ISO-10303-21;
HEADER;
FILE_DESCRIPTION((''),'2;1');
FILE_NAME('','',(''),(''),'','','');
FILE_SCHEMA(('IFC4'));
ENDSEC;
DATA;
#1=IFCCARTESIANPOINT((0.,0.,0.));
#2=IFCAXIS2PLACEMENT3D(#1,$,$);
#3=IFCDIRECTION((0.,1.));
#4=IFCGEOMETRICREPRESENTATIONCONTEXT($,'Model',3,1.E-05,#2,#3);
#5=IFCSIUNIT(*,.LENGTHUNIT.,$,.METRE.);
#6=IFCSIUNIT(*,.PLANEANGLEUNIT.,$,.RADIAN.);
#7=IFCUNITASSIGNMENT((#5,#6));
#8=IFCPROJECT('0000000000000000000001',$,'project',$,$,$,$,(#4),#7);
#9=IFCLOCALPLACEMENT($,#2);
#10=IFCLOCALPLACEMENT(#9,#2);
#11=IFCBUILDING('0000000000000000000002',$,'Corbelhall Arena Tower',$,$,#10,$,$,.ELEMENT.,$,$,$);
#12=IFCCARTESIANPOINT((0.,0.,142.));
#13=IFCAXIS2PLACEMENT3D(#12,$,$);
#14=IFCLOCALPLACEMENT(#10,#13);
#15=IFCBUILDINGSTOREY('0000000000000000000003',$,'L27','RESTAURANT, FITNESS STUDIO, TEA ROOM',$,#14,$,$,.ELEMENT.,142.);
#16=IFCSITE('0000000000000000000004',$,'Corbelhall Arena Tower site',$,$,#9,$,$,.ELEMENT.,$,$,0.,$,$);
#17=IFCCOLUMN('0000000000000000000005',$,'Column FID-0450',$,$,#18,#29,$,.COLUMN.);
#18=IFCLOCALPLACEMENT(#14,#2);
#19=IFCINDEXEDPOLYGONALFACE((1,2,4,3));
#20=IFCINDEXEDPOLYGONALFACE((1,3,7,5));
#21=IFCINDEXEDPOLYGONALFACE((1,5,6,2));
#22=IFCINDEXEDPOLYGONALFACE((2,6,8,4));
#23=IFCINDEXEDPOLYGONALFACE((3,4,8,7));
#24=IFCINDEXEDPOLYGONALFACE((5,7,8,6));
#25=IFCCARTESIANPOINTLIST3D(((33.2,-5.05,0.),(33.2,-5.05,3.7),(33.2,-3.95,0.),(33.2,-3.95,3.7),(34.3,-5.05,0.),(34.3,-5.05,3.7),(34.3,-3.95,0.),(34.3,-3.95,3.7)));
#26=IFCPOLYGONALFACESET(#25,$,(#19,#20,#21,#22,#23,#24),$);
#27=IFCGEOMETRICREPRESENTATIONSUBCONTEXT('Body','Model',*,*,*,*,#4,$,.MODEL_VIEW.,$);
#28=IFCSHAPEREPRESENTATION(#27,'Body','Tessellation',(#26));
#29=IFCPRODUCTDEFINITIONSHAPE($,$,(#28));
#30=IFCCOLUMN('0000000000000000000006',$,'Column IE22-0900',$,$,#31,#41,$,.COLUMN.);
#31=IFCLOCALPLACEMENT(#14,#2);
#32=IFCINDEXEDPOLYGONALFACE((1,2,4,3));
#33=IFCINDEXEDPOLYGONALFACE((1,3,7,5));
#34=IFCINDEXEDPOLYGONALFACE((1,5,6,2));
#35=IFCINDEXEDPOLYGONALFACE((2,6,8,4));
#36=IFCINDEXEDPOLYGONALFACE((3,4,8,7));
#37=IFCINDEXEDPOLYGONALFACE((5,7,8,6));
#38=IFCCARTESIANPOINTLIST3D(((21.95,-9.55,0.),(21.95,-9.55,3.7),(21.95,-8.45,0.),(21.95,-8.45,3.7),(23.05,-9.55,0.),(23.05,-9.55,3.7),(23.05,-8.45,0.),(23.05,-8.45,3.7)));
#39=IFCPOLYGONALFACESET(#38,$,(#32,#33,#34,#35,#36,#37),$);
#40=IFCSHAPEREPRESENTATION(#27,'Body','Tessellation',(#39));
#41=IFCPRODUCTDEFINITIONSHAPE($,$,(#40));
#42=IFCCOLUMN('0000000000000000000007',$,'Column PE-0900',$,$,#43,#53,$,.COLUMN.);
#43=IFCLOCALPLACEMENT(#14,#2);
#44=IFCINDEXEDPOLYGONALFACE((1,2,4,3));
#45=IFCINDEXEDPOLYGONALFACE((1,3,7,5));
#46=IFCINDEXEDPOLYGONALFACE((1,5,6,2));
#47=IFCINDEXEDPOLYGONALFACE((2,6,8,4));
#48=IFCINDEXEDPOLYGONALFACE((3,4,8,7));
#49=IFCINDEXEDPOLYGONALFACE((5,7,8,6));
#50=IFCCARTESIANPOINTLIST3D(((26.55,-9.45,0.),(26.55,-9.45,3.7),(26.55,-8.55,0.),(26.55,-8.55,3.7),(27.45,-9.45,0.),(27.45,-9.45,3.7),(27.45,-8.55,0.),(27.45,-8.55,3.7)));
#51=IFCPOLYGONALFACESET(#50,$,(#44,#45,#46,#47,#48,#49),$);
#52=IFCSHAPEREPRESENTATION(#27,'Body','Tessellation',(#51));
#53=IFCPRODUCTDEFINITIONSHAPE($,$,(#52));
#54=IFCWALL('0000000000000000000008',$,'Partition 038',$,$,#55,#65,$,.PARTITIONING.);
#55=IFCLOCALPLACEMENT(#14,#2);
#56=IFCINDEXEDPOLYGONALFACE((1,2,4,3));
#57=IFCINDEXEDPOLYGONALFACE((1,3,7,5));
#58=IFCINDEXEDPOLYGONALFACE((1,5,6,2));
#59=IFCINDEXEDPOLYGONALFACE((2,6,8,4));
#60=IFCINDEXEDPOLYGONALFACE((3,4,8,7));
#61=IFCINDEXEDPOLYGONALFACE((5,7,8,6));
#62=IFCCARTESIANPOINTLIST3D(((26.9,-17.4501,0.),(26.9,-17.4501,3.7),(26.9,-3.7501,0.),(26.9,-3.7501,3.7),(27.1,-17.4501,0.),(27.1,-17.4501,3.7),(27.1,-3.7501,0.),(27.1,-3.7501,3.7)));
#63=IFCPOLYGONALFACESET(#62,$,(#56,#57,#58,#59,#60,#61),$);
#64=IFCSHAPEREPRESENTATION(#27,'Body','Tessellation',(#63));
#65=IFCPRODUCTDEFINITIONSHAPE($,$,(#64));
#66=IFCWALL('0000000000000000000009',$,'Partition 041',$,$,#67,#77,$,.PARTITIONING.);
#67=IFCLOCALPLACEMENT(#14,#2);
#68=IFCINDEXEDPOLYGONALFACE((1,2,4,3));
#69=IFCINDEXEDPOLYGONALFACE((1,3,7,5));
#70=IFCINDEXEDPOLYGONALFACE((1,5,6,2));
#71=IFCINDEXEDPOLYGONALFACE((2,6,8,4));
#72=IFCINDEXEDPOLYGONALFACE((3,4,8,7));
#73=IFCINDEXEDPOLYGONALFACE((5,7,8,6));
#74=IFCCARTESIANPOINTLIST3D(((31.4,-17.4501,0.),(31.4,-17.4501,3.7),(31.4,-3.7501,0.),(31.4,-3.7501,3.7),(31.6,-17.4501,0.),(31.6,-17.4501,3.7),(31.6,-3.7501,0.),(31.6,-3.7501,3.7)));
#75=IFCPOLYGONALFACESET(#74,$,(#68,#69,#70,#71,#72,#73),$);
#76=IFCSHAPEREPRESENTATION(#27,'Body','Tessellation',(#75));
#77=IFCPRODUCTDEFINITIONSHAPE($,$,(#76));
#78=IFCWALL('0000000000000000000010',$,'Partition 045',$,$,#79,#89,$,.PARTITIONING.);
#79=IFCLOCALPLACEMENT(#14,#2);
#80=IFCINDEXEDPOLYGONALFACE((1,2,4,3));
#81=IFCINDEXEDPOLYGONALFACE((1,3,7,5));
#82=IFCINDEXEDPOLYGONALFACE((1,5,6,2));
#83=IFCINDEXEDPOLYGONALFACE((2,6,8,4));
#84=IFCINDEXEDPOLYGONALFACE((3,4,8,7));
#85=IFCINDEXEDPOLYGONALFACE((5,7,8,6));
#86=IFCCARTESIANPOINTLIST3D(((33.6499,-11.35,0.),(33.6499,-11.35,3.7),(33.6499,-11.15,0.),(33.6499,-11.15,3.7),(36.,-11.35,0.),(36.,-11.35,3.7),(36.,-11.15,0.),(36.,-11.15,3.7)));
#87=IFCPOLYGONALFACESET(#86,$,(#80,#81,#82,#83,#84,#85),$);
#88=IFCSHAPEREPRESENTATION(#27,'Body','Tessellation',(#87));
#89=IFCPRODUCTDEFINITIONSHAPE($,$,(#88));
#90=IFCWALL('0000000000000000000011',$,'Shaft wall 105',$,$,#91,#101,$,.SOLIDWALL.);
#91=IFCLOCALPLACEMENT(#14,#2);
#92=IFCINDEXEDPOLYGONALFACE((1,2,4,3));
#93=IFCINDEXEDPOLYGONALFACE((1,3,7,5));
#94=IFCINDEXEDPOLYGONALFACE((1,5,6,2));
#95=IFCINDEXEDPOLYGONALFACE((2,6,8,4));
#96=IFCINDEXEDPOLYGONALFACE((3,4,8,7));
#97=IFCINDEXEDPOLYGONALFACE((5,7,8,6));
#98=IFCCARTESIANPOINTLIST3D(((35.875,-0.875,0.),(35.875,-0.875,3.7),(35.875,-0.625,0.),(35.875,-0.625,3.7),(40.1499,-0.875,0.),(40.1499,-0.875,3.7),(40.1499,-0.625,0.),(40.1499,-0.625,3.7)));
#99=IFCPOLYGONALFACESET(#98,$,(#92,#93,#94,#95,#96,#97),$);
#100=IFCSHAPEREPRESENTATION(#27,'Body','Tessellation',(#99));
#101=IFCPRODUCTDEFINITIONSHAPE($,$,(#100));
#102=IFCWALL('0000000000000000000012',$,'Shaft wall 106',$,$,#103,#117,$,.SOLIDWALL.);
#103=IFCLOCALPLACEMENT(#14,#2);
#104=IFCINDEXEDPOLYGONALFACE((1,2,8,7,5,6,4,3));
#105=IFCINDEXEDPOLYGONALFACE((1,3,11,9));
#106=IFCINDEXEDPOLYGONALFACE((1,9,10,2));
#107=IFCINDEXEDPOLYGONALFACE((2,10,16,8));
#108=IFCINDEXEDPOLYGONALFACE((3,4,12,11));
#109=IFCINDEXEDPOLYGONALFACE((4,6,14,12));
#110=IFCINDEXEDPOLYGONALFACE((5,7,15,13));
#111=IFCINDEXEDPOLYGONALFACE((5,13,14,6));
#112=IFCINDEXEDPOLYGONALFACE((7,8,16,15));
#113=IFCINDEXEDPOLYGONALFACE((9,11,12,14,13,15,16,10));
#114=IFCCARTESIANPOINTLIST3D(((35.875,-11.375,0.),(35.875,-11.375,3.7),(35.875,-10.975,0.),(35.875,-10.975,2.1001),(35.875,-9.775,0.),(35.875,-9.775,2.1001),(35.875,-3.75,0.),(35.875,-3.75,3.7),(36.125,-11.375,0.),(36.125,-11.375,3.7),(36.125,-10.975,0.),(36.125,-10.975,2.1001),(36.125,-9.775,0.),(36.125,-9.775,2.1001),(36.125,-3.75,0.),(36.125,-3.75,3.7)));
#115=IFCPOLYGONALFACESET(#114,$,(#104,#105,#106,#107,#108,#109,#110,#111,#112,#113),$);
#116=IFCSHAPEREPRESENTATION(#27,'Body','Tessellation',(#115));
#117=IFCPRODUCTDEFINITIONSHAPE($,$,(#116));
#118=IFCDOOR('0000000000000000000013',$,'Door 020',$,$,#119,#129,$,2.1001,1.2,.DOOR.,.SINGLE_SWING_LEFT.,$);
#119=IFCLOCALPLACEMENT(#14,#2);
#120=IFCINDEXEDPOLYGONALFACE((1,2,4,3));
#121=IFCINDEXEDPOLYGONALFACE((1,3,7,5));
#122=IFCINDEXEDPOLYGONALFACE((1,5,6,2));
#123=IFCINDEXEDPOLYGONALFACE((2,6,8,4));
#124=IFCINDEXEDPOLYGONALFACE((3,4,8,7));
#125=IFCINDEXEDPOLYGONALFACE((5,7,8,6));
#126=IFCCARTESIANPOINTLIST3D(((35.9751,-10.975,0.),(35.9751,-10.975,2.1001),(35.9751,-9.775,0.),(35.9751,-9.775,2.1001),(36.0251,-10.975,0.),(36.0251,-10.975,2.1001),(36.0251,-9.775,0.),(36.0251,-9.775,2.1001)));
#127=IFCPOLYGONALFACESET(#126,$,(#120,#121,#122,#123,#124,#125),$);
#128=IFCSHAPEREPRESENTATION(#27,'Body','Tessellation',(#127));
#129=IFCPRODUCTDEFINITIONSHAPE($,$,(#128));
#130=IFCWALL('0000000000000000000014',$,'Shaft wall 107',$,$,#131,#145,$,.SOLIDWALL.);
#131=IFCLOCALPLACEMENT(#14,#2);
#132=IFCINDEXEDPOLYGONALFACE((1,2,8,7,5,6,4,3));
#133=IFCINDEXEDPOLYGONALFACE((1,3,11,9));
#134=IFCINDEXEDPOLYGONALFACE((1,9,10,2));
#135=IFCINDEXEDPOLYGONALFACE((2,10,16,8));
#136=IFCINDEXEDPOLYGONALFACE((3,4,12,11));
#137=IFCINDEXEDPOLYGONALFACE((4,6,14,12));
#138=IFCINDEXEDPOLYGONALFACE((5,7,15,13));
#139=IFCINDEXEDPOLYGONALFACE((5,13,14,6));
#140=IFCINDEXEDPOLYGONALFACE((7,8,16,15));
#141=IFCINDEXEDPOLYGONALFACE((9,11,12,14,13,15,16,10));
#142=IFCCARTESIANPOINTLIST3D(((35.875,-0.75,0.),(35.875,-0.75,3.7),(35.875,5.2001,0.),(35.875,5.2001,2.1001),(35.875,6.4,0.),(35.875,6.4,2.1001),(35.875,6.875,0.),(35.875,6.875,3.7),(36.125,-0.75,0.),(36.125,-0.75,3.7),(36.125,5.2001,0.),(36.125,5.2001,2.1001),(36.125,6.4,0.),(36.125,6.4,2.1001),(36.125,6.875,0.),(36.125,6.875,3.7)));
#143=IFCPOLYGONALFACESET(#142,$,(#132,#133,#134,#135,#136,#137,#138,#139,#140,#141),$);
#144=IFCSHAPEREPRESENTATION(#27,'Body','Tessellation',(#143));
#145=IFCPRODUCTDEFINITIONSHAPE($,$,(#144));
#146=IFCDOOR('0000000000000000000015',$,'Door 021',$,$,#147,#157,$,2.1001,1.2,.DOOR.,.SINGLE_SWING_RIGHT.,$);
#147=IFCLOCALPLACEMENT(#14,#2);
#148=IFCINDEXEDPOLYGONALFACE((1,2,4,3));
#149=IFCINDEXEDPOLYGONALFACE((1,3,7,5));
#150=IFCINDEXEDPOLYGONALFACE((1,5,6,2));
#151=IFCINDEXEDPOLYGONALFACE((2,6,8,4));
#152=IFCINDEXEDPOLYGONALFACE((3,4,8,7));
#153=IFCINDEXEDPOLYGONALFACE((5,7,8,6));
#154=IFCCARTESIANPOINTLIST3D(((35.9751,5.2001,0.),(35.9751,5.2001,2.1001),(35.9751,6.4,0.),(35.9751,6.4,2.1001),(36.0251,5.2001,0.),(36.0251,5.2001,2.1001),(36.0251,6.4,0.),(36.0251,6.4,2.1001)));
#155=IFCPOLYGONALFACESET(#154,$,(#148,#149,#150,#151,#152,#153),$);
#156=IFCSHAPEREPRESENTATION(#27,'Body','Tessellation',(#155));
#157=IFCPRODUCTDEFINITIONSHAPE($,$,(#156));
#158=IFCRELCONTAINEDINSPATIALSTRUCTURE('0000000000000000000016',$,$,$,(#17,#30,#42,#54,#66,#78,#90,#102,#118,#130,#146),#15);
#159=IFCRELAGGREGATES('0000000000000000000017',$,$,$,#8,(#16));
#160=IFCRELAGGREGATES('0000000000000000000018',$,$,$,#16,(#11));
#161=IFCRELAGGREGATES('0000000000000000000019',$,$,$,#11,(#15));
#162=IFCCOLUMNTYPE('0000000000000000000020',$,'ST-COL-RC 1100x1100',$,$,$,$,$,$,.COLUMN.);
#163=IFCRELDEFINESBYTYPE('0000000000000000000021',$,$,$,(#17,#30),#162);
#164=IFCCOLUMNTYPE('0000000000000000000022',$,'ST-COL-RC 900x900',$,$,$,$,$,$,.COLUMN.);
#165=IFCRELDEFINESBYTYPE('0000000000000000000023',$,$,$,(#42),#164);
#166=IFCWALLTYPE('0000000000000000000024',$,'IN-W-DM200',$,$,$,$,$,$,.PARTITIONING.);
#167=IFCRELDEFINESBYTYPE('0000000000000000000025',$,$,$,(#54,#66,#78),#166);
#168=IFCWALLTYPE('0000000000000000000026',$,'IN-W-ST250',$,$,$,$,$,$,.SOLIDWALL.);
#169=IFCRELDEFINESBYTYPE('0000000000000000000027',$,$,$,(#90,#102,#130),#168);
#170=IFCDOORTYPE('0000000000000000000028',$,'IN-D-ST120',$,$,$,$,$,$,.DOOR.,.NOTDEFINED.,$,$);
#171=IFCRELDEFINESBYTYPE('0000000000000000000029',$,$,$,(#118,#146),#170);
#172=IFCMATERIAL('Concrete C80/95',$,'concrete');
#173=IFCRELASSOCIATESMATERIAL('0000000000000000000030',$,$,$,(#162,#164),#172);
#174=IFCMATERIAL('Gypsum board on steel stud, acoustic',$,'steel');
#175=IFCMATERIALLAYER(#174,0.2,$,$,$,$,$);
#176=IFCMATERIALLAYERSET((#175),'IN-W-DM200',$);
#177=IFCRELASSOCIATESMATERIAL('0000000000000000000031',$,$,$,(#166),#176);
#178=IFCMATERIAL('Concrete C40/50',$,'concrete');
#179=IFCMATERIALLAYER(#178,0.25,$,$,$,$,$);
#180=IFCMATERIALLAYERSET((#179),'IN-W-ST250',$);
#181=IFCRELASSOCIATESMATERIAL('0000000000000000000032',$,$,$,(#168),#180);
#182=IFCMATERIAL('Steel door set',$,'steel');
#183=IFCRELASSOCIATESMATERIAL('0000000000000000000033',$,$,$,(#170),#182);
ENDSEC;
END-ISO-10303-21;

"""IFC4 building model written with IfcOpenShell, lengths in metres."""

from ifc_helpers import new_model, si_unit, direction, frame, frame_2d, origin, origin_2d, place, context, subcontext, project, spatial, rectangle, extrude, material, layer, layer_set, material_profile, profile_set, type_object, element, fill, save


model = new_model("IFC4")

# Units and contexts
model_context = context("Model", 3, precision=1e-05, world=origin(), true_north=direction((0.0, 1.0)))
body_context = subcontext(model_context, "Body", "Model", "MODEL_VIEW")
ifc_project = project(units=[si_unit("LENGTHUNIT", "METRE"), si_unit("PLANEANGLEUNIT", "RADIAN")], contexts=[model_context])

# Site, building, storey
site_placement = place(None, origin())
site = spatial("IfcSite", under=ifc_project, at=site_placement, Name="Corbelhall Arena Tower site", CompositionType="ELEMENT", RefElevation=0.0)
building_placement = place(site_placement, origin())
building = spatial("IfcBuilding", under=site, at=building_placement, Name="Corbelhall Arena Tower", CompositionType="ELEMENT")
storey_placement = place(building_placement, frame((0.0, 0.0, 142.0)))
storey = spatial("IfcBuildingStorey", under=building, at=storey_placement, Name="L27", Description="RESTAURANT, FITNESS STUDIO, TEA ROOM", CompositionType="ELEMENT", Elevation=142.0)

# Columns
ifc_material_1 = material(Name="Concrete C80/95", Category="concrete")
ifc_material_profile_1 = material_profile(ifc_material_1, rectangle(XDim=1.1001, YDim=1.1001, at=origin_2d()))
ifc_profile_set_1 = profile_set([ifc_material_profile_1], Name="Concrete C80/95")
column_type_1 = type_object("IfcColumnType", Name="ST-COL-RC 1100x1100", PredefinedType="COLUMN", material=ifc_profile_set_1)
for number, where, z_axis, x_axis, name in (
    (1, (33.75, -4.5, 0.0), (0.0, 0.0, 1.0), (1.0, 0.0, 0.0), "Column FID-0450"),
    (2, (22.5, -9.0, 0.0), (0.0, 0.0, 1.0), (1.0, 0.0, 0.0), "Column IE22-0900"),
):
    element("IfcColumn", number, at=place(storey_placement, frame(where, z_axis=z_axis, x_axis=x_axis)), inside=storey, type_object=column_type_1, Name=name, PredefinedType="COLUMN", context=body_context, shape_type="SweptSolid", body=[
        extrude(rectangle(XDim=1.1001, YDim=1.1001, at=origin_2d()), origin(), (0.0, 0.0, 1.0), 3.7),
    ])
ifc_material_profile_2 = material_profile(ifc_material_1, rectangle(XDim=0.8999, YDim=0.8999, at=origin_2d()))
ifc_profile_set_2 = profile_set([ifc_material_profile_2], Name="Concrete C80/95")
column_type_2 = type_object("IfcColumnType", Name="ST-COL-RC 900x900", PredefinedType="COLUMN", material=ifc_profile_set_2)
column_placement = place(storey_placement, frame((27.0, -9.0, 0.0), z_axis=(0.0, 0.0, 1.0), x_axis=(1.0, 0.0, 0.0)))
element("IfcColumn", 3, at=column_placement, inside=storey, type_object=column_type_2, Name="Column PE-0900", PredefinedType="COLUMN", context=body_context, shape_type="SweptSolid", body=[
    extrude(rectangle(XDim=0.8999, YDim=0.8999, at=origin_2d()), origin(), (0.0, 0.0, 1.0), 3.7),
])

# Shared definitions
ifc_material_2 = material(Name="Gypsum board on steel stud, acoustic", Category="steel")
ifc_layer_1 = layer(ifc_material_2, 0.2)
ifc_layer_set_1 = layer_set([ifc_layer_1], Name="IN-W-DM200")
wall_type_1 = type_object("IfcWallType", Name="IN-W-DM200", PredefinedType="PARTITIONING", material=ifc_layer_set_1)
ifc_material_3 = material(Name="Steel door set", Category="steel")

# Walls
for number, where, z_axis, x_axis, name in (
    (4, (27.0, -3.75, 0.0), (0.0, 0.0, 1.0), (0.0, -1.0, 0.0), "Partition 038"),
    (5, (31.5, -3.75, 0.0), (0.0, 0.0, 1.0), (0.0, -1.0, 0.0), "Partition 041"),
):
    element("IfcWall", number, at=place(storey_placement, frame(where, z_axis=z_axis, x_axis=x_axis)), inside=storey, type_object=wall_type_1, Name=name, PredefinedType="PARTITIONING", context=body_context, shape_type="SweptSolid", body=[
        extrude(rectangle(XDim=13.7, YDim=0.2, at=frame_2d((6.8501, 0.0))), origin(), (0.0, 0.0, 1.0), 3.7),
    ])

# Walls
wall_1_placement = place(storey_placement, frame((36.0, -11.25, 0.0), z_axis=(0.0, 0.0, 1.0), x_axis=(-1.0, 0.0, 0.0)))
element("IfcWall", 6, at=wall_1_placement, inside=storey, type_object=wall_type_1, Name="Partition 045", PredefinedType="PARTITIONING", context=body_context, shape_type="SweptSolid", body=[
    extrude(rectangle(XDim=2.3501, YDim=0.2, at=frame_2d((1.175, 0.0))), origin(), (0.0, 0.0, 1.0), 3.7),
])
ifc_material_4 = material(Name="Concrete C40/50", Category="concrete")
ifc_layer_2 = layer(ifc_material_4, 0.25)
ifc_layer_set_2 = layer_set([ifc_layer_2], Name="IN-W-ST250")
wall_type_2 = type_object("IfcWallType", Name="IN-W-ST250", PredefinedType="SOLIDWALL", material=ifc_layer_set_2)
wall_2_placement = place(storey_placement, frame((35.875, -0.75, 0.0), z_axis=(0.0, 0.0, 1.0), x_axis=(1.0, 0.0, 0.0)))
element("IfcWall", 7, at=wall_2_placement, inside=storey, type_object=wall_type_2, Name="Shaft wall 105", PredefinedType="SOLIDWALL", context=body_context, shape_type="SweptSolid", body=[
    extrude(rectangle(XDim=4.2749, YDim=0.25, at=frame_2d((2.1375, 0.0))), origin(), (0.0, 0.0, 1.0), 3.7),
])

# Walls, openings, doors
wall_3_placement = place(storey_placement, frame((36.0, -11.375, 0.0), z_axis=(0.0, 0.0, 1.0), x_axis=(0.0, 1.0, 0.0)))
wall_3 = element("IfcWall", 8, at=wall_3_placement, inside=storey, type_object=wall_type_2, Name="Shaft wall 106", PredefinedType="SOLIDWALL", context=body_context, shape_type="SweptSolid", body=[
    extrude(rectangle(XDim=7.625, YDim=0.25, at=frame_2d((3.8125, 0.0))), origin(), (0.0, 0.0, 1.0), 3.7),
])
opening_1_placement = place(wall_3_placement, frame((0.3999, 0.0, 0.0)))
opening_1 = element("IfcOpeningElement", 9, at=opening_1_placement, cuts=wall_3, PredefinedType="OPENING", context=body_context, shape_type="SweptSolid", body=[
    extrude(rectangle(XDim=1.2, YDim=2.1001, at=frame_2d((0.6001, 1.05))), frame((0.0, 0.125, 0.0), z_axis=(0.0, -1.0, 0.0), x_axis=(1.0, 0.0, 0.0)), (0.0, 0.0, 1.0), 0.25),
])
door_type_1 = type_object("IfcDoorType", Name="IN-D-ST120", OperationType="NOTDEFINED", PredefinedType="DOOR", material=ifc_material_3)
door_1_placement = place(opening_1_placement, origin())
door_1 = element("IfcDoor", 10, at=door_1_placement, inside=storey, type_object=door_type_1, Name="Door 020", OperationType="SINGLE_SWING_LEFT", OverallHeight=2.1001, OverallWidth=1.2, PredefinedType="DOOR", context=body_context, shape_type="SweptSolid", body=[
    extrude(rectangle(XDim=1.2, YDim=2.1001, at=frame_2d((0.6001, 1.05))), frame((0.0, 0.0249, 0.0), z_axis=(0.0, -1.0, 0.0), x_axis=(1.0, 0.0, 0.0)), (0.0, 0.0, 1.0), 0.05),
])
fill(opening_1, door_1)
wall_4_placement = place(storey_placement, frame((36.0, -0.75, 0.0), z_axis=(0.0, 0.0, 1.0), x_axis=(0.0, 1.0, 0.0)))
wall_4 = element("IfcWall", 11, at=wall_4_placement, inside=storey, type_object=wall_type_2, Name="Shaft wall 107", PredefinedType="SOLIDWALL", context=body_context, shape_type="SweptSolid", body=[
    extrude(rectangle(XDim=7.625, YDim=0.25, at=frame_2d((3.8125, 0.0))), origin(), (0.0, 0.0, 1.0), 3.7),
])
opening_2_placement = place(wall_4_placement, frame((5.95, 0.0, 0.0)))
opening_2 = element("IfcOpeningElement", 12, at=opening_2_placement, cuts=wall_4, PredefinedType="OPENING", context=body_context, shape_type="SweptSolid", body=[
    extrude(rectangle(XDim=1.2, YDim=2.1001, at=frame_2d((0.6001, 1.05))), frame((0.0, 0.125, 0.0), z_axis=(0.0, -1.0, 0.0), x_axis=(1.0, 0.0, 0.0)), (0.0, 0.0, 1.0), 0.25),
])
door_2_placement = place(opening_2_placement, origin())
door_2 = element("IfcDoor", 13, at=door_2_placement, inside=storey, type_object=door_type_1, Name="Door 021", OperationType="SINGLE_SWING_RIGHT", OverallHeight=2.1001, OverallWidth=1.2, PredefinedType="DOOR", context=body_context, shape_type="SweptSolid", body=[
    extrude(rectangle(XDim=1.2, YDim=2.1001, at=frame_2d((0.6001, 1.05))), frame((0.0, 0.0249, 0.0), z_axis=(0.0, -1.0, 0.0), x_axis=(1.0, 0.0, 0.0)), (0.0, 0.0, 1.0), 0.05),
])
fill(opening_2, door_2)

save(model, "model.ifc")
